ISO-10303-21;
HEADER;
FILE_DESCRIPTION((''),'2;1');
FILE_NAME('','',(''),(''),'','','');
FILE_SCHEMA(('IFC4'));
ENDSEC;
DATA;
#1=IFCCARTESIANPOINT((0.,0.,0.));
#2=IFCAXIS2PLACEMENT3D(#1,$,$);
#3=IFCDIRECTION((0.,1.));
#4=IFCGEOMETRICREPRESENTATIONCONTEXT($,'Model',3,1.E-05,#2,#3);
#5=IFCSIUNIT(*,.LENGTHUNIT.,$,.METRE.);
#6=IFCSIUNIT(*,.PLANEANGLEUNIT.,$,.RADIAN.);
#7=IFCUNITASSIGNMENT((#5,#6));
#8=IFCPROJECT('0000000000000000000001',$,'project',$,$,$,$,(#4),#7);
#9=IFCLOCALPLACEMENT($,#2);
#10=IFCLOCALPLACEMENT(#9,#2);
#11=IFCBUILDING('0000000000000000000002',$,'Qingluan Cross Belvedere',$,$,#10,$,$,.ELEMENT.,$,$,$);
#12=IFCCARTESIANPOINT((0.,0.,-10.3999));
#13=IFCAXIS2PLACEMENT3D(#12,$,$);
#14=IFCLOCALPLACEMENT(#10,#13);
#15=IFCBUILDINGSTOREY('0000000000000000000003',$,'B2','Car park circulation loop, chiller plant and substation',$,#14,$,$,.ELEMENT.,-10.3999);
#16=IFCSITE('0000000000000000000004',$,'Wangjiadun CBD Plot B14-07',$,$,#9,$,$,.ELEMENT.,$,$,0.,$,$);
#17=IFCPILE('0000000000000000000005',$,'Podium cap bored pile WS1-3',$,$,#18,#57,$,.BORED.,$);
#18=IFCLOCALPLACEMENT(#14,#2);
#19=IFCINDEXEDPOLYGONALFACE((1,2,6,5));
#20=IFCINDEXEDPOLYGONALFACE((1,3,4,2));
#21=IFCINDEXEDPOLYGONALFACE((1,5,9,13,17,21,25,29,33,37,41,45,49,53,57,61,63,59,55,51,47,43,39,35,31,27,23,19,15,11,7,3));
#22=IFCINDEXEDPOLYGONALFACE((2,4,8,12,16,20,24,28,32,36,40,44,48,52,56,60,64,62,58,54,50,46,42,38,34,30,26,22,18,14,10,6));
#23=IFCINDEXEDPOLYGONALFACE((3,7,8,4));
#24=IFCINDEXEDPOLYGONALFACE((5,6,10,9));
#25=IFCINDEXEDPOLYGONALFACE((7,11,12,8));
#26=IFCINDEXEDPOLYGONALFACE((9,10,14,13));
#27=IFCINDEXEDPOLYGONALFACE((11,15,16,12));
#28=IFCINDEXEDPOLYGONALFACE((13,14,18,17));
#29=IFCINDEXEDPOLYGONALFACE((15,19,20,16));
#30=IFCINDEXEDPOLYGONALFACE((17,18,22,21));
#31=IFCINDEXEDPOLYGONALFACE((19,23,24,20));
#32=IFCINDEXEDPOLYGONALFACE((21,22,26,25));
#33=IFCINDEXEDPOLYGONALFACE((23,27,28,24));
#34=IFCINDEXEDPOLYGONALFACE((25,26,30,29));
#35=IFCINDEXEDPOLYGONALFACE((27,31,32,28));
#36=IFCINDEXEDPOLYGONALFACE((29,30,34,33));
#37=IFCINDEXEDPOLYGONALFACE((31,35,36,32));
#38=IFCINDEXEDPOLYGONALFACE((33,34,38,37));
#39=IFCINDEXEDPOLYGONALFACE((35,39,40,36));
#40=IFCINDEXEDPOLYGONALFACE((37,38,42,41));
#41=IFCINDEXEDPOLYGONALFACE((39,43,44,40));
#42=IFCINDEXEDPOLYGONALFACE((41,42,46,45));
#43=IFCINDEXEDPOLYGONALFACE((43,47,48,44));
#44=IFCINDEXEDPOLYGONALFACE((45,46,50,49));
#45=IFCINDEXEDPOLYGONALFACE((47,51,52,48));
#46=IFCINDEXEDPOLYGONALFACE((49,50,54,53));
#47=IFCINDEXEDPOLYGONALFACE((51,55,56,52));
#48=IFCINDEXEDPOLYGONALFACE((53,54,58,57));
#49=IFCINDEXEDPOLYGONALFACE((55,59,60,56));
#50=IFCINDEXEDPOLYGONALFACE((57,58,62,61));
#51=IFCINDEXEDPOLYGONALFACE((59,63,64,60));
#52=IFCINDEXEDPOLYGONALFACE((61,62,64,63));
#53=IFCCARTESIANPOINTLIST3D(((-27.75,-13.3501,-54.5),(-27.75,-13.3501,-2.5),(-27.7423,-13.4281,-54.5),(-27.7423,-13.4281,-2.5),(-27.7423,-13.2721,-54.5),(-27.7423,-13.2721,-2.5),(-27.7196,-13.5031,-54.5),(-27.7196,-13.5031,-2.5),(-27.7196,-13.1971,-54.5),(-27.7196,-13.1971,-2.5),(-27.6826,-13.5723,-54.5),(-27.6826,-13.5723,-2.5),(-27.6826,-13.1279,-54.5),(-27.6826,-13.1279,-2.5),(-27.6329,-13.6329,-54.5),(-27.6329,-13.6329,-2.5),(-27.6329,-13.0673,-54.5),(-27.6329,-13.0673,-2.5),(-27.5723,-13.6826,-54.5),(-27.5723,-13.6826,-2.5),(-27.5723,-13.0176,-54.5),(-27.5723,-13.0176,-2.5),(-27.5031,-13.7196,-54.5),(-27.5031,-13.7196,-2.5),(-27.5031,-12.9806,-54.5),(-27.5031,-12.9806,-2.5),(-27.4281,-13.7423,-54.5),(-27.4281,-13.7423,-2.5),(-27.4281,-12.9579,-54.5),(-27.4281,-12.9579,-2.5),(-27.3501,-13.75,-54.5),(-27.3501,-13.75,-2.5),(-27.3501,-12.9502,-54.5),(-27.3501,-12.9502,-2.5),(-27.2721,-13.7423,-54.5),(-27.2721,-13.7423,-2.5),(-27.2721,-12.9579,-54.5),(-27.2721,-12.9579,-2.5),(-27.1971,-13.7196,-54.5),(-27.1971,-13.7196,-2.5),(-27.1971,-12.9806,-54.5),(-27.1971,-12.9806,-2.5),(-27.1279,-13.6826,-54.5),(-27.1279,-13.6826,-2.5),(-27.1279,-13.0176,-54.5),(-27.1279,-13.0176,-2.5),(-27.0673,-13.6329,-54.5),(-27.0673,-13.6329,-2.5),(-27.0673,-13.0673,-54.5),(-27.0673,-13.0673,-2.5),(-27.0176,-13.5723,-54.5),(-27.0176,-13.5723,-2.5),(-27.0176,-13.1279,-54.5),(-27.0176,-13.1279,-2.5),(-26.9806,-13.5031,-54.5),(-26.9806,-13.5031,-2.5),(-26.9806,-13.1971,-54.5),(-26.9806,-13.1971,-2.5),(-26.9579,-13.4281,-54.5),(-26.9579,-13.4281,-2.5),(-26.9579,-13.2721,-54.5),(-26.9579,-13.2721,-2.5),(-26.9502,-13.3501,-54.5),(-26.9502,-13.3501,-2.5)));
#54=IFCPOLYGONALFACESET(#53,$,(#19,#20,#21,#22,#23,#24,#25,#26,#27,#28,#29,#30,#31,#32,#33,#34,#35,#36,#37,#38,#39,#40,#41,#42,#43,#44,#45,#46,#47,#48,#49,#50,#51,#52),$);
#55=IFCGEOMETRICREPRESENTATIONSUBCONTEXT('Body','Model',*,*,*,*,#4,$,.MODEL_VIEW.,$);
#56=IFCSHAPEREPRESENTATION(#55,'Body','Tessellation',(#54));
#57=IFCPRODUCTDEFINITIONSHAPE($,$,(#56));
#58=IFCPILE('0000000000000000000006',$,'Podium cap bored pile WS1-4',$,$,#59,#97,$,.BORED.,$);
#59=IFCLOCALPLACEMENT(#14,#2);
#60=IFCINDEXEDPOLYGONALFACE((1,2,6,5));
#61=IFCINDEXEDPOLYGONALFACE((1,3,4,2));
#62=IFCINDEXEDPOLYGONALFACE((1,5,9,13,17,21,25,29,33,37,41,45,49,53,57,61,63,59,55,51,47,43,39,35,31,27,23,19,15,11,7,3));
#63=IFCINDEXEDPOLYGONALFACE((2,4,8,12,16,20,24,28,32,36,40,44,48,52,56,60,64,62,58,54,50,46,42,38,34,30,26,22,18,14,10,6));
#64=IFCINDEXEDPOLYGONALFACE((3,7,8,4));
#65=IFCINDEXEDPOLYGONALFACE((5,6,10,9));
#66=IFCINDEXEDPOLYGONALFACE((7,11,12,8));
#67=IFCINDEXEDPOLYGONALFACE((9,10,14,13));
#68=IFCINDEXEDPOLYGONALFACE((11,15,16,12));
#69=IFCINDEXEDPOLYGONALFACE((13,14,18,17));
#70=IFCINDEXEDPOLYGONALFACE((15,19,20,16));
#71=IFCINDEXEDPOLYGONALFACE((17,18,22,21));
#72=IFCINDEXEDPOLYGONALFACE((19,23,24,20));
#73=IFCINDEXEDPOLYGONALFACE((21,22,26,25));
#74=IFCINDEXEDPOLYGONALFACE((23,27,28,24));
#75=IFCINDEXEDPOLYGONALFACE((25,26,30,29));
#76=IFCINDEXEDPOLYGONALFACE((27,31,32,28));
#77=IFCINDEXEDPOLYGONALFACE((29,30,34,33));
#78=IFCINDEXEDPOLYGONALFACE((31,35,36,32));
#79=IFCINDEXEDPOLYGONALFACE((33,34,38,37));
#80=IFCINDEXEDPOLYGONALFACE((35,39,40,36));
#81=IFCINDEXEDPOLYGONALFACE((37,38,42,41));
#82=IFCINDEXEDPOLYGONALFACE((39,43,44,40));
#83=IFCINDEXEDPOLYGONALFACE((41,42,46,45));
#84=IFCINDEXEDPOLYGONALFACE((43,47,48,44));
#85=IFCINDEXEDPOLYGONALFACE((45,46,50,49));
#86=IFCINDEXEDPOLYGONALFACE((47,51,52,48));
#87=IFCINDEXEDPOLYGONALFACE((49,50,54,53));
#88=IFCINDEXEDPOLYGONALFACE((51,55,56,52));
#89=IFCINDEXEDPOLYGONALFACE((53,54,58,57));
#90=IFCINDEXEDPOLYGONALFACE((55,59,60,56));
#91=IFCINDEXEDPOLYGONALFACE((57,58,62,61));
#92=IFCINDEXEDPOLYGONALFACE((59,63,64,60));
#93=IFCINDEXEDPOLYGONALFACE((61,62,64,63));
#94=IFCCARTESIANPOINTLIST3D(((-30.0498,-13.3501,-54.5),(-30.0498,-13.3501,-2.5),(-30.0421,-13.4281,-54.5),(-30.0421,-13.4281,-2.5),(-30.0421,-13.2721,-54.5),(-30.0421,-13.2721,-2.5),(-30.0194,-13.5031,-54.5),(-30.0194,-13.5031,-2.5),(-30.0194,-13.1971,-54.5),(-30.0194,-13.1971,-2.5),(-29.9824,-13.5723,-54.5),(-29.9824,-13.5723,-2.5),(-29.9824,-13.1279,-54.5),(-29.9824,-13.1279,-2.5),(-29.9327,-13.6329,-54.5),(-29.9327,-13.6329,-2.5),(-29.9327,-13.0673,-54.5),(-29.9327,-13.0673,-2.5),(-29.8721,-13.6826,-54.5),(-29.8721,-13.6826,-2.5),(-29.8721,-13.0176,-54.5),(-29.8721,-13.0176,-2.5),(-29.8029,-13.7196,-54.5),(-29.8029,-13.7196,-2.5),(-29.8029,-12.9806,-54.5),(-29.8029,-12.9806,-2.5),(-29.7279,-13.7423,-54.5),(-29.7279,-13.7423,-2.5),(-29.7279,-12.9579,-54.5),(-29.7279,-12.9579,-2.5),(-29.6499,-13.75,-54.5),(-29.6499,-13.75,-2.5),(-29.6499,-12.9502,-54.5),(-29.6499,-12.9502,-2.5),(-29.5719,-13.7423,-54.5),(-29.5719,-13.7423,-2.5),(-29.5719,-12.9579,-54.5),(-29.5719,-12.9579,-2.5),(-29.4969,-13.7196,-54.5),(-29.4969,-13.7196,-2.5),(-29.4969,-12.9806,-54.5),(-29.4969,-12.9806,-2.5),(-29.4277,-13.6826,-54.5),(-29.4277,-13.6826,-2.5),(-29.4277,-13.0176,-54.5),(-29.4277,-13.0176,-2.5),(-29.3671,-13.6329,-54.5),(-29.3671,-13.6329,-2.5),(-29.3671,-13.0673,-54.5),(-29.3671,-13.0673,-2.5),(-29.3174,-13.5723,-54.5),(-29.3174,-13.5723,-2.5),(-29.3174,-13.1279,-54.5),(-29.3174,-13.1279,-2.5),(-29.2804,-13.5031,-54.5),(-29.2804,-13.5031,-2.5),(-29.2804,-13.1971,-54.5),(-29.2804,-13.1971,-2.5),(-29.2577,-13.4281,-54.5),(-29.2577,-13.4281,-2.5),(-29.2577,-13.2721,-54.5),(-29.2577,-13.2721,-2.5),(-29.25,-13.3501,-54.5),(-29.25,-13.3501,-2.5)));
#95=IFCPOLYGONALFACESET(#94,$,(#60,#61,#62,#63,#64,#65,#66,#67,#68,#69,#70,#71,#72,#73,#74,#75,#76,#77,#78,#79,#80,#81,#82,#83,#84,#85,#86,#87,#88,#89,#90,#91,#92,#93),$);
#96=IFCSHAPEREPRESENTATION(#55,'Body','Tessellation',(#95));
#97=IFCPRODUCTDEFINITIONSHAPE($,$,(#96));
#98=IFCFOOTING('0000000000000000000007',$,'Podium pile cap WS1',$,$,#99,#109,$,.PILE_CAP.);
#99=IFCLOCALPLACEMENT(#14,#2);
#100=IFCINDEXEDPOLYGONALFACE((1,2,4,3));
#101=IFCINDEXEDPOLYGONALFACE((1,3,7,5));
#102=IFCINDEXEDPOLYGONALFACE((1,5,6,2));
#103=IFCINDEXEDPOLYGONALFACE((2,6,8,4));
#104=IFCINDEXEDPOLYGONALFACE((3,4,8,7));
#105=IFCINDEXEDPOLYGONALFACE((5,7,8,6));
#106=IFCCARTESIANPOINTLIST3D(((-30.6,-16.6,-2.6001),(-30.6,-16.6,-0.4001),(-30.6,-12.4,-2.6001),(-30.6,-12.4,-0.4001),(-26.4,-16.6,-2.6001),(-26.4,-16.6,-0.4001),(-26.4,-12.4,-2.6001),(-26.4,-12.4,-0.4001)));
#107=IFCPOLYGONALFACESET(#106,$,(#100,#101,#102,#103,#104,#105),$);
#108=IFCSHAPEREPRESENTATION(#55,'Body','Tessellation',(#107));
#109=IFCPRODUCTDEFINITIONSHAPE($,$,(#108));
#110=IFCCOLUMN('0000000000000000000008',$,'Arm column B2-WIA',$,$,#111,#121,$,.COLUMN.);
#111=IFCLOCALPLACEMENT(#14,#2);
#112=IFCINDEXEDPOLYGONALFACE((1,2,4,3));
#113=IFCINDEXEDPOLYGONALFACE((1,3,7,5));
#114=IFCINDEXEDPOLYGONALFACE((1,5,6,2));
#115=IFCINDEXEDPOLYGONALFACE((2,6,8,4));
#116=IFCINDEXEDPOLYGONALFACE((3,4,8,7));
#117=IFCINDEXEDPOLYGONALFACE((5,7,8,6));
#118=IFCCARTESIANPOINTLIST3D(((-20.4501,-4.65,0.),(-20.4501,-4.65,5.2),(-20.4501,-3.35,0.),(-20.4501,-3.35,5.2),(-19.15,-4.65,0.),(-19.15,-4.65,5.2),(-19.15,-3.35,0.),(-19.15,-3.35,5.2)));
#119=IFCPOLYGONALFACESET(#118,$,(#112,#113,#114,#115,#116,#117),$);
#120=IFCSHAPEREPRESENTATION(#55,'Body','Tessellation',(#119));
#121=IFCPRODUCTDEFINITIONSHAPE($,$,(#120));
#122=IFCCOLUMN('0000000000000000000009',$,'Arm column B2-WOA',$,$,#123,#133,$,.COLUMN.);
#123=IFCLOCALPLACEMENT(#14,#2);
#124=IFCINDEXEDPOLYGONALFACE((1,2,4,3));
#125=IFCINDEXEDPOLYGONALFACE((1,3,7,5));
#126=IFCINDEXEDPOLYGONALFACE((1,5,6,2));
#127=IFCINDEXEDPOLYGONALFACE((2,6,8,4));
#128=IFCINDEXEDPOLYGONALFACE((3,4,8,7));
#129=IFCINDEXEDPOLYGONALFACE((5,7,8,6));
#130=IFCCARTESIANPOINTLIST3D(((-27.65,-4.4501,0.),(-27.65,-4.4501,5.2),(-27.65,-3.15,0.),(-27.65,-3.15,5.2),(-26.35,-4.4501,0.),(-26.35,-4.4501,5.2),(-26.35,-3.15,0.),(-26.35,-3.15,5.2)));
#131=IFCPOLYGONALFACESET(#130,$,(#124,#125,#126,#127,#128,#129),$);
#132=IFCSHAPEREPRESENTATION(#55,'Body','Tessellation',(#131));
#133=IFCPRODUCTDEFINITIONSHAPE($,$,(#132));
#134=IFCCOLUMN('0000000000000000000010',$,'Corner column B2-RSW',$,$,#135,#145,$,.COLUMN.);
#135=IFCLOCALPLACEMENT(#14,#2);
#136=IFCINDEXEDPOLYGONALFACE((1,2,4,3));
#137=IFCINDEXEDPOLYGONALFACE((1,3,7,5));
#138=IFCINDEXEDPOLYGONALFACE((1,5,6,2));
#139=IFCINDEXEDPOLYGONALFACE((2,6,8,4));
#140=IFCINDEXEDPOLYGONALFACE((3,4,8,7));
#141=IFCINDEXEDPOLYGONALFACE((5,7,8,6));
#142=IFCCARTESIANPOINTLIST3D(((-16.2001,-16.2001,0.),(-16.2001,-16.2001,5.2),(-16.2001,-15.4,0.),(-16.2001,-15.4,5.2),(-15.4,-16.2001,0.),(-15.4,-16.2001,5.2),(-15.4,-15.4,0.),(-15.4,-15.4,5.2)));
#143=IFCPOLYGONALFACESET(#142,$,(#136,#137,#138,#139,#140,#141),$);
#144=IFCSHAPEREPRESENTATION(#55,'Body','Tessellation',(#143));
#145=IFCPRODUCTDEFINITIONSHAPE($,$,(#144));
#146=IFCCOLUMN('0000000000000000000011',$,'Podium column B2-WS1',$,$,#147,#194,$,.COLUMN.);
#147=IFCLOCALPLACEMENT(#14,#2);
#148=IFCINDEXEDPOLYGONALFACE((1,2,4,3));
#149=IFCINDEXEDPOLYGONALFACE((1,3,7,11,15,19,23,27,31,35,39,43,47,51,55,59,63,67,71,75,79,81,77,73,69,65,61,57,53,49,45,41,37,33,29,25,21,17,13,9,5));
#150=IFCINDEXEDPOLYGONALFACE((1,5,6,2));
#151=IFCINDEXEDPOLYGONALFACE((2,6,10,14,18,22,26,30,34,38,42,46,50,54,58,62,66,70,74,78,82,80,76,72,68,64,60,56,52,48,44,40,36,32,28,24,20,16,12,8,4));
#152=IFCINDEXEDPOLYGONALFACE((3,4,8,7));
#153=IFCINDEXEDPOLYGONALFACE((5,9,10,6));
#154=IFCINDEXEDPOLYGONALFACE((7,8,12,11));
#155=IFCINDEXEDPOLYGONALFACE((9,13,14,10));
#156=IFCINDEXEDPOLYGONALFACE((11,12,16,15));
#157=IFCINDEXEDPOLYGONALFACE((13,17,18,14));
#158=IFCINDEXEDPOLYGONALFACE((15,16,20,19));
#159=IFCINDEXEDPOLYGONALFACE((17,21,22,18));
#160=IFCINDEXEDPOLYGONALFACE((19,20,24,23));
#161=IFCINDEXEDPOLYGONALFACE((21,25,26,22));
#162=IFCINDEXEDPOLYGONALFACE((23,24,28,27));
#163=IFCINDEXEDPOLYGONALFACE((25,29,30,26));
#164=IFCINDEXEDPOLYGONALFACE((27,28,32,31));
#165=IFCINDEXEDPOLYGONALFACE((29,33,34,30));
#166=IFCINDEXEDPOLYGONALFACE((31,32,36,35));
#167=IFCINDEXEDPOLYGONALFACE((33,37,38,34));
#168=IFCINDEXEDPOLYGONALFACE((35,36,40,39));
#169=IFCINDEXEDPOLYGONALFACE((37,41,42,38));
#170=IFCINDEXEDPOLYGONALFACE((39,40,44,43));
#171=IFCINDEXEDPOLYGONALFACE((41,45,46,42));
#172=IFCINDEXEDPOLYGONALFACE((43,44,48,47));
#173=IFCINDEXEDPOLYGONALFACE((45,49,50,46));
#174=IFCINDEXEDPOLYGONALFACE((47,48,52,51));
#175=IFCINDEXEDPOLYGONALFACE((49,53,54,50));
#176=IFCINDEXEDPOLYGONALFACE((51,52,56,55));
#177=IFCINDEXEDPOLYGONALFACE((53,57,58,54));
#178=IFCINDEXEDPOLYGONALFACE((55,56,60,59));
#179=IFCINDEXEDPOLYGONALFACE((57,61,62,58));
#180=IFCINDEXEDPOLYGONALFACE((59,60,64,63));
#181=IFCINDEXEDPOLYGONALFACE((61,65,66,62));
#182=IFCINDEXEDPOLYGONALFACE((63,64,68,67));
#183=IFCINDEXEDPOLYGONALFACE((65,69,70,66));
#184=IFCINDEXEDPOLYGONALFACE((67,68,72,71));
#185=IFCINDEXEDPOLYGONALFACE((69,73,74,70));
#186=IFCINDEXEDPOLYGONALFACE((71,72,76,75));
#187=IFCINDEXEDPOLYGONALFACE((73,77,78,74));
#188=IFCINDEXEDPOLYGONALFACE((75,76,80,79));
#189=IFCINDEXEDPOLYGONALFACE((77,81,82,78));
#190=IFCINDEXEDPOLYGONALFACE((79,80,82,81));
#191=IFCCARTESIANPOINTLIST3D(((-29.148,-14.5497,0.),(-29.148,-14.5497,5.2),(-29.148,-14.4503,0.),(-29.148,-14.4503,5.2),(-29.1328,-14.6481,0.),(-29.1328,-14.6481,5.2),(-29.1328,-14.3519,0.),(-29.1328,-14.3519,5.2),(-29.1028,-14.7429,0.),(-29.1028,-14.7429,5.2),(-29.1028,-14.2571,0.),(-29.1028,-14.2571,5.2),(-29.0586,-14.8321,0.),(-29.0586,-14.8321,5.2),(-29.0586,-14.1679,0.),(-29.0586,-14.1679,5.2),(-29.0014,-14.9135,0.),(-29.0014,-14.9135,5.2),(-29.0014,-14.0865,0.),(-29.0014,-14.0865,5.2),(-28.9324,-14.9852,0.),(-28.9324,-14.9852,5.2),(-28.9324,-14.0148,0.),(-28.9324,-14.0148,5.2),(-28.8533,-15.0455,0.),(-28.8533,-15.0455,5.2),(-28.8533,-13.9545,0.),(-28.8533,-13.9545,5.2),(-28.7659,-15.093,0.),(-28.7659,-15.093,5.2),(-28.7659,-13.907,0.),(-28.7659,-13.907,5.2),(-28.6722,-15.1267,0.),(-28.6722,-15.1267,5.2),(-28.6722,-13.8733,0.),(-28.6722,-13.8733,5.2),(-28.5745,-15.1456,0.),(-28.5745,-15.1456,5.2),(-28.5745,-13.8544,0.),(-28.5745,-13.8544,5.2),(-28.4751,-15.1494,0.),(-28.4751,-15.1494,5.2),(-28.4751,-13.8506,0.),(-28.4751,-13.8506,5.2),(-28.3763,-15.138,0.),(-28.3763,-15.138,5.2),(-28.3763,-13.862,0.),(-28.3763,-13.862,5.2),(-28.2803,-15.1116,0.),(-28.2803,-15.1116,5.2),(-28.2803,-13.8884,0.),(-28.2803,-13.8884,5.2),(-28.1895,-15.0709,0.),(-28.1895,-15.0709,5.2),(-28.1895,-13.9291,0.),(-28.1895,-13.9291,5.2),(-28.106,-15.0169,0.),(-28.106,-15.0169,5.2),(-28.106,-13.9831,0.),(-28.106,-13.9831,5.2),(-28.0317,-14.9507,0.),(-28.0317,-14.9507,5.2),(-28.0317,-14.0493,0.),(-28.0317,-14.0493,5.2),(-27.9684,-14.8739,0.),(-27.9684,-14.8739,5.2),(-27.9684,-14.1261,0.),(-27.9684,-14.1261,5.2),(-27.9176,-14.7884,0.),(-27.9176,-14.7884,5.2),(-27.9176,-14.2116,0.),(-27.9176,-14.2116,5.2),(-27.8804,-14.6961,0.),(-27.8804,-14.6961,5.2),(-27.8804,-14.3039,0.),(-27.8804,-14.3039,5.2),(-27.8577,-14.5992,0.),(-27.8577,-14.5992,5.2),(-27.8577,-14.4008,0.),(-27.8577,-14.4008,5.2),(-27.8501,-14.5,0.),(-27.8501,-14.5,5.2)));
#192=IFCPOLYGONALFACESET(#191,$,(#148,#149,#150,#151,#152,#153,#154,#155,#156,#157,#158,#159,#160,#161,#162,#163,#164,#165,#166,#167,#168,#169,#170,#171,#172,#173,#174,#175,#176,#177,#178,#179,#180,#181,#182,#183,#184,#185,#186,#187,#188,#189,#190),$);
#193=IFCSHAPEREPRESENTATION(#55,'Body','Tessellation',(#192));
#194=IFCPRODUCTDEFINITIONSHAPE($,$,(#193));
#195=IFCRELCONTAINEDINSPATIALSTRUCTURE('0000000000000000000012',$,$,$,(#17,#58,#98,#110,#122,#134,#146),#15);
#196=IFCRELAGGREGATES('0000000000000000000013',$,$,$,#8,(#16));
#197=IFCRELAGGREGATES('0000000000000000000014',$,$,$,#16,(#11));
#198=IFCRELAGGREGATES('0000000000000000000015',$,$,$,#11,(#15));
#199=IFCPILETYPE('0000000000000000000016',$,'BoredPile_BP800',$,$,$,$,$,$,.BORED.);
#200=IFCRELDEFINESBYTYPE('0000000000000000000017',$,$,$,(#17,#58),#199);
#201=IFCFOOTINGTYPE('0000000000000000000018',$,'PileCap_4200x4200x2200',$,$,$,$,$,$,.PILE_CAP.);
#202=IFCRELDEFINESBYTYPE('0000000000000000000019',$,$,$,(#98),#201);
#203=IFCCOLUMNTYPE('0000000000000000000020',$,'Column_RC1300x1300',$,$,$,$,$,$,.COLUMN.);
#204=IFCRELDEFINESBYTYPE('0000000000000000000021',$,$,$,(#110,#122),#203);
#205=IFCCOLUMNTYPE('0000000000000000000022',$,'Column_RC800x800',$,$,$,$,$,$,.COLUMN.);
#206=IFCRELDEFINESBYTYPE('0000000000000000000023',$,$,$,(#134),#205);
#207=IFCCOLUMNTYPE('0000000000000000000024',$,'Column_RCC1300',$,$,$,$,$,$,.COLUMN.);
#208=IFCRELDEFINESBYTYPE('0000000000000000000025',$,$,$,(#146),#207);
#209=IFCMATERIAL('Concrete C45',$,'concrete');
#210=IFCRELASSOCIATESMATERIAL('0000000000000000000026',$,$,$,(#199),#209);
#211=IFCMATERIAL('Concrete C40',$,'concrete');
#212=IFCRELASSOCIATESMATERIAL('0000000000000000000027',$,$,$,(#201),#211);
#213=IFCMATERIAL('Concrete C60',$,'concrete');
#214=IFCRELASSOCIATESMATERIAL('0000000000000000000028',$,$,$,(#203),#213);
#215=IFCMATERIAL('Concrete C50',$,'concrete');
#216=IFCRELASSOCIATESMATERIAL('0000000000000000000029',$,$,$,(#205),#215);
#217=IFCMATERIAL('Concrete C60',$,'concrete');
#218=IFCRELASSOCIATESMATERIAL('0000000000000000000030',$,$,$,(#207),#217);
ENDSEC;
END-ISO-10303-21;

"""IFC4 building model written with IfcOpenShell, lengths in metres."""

from ifc_helpers import new_model, si_unit, direction, frame, origin, origin_2d, place, context, subcontext, project, spatial, rectangle, circle, extrude, material, material_profile, profile_set, type_object, element, save


model = new_model("IFC4")

# Units and contexts
model_context = context("Model", 3, precision=1e-05, world=origin(), true_north=direction((0.0, 1.0)))
body_context = subcontext(model_context, "Body", "Model", "MODEL_VIEW")
ifc_project = project(units=[si_unit("LENGTHUNIT", "METRE"), si_unit("PLANEANGLEUNIT", "RADIAN")], contexts=[model_context])

# Site, building, storey
site_placement = place(None, origin())
site = spatial("IfcSite", under=ifc_project, at=site_placement, Name="Wangjiadun CBD Plot B14-07", CompositionType="ELEMENT", RefElevation=0.0)
building_placement = place(site_placement, origin())
building = spatial("IfcBuilding", under=site, at=building_placement, Name="Qingluan Cross Belvedere", CompositionType="ELEMENT")
storey_placement = place(building_placement, frame((0.0, 0.0, -10.3999)))
storey = spatial("IfcBuildingStorey", under=building, at=storey_placement, Name="B2", Description="Car park circulation loop, chiller plant and substation", CompositionType="ELEMENT", Elevation=-10.3999)

# Piles
ifc_material_1 = material(Name="Concrete C45", Category="concrete")
ifc_material_profile_1 = material_profile(ifc_material_1, circle(Radius=0.3999, at=origin_2d()), Name="BP800")
ifc_profile_set_1 = profile_set([ifc_material_profile_1], Name="Concrete C45")
pile_type_1 = type_object("IfcPileType", Name="BoredPile_BP800", PredefinedType="BORED", material=ifc_profile_set_1)
for number, where, z_axis, x_axis, name in (
    (1, (-27.3501, -13.3501, -2.5), (0.0, 0.0, -1.0), (1.0, 0.0, 0.0), "Podium cap bored pile WS1-3"),
    (2, (-29.6499, -13.3501, -2.5), (0.0, 0.0, -1.0), (1.0, 0.0, 0.0), "Podium cap bored pile WS1-4"),
):
    element("IfcPile", number, at=place(storey_placement, frame(where, z_axis=z_axis, x_axis=x_axis)), inside=storey, type_object=pile_type_1, Name=name, PredefinedType="BORED", context=body_context, shape_type="SweptSolid", body=[
        extrude(circle(Radius=0.3999, at=origin_2d()), origin(), (0.0, 0.0, 1.0), 52.0),
    ])

# Footing
ifc_material_2 = material(Name="Concrete C40", Category="concrete")
footing_type = type_object("IfcFootingType", Name="PileCap_4200x4200x2200", PredefinedType="PILE_CAP", material=ifc_material_2)
footing_placement = place(storey_placement, frame((-28.5, -14.5, -2.6001), z_axis=(0.0, 0.0, 1.0), x_axis=(1.0, 0.0, 0.0)))
element("IfcFooting", 3, at=footing_placement, inside=storey, type_object=footing_type, Name="Podium pile cap WS1", PredefinedType="PILE_CAP", context=body_context, shape_type="SweptSolid", body=[
    extrude(rectangle(XDim=4.2, YDim=4.2, at=origin_2d()), origin(), (0.0, 0.0, 1.0), 2.2),
])

# Columns
ifc_material_3 = material(Name="Concrete C60", Category="concrete")
ifc_material_profile_2 = material_profile(ifc_material_3, rectangle(XDim=1.3, YDim=1.3, at=origin_2d()), Name="RC1300x1300")
ifc_profile_set_2 = profile_set([ifc_material_profile_2], Name="Concrete C60")
column_type_1 = type_object("IfcColumnType", Name="Column_RC1300x1300", PredefinedType="COLUMN", material=ifc_profile_set_2)
for number, where, z_axis, x_axis, name in (
    (4, (-19.8, -4.0, 0.0), (0.0, 0.0, 1.0), (1.0, 0.0, 0.0), "Arm column B2-WIA"),
    (5, (-27.0, -3.8, 0.0), (0.0, 0.0, 1.0), (1.0, 0.0, 0.0), "Arm column B2-WOA"),
):
    element("IfcColumn", number, at=place(storey_placement, frame(where, z_axis=z_axis, x_axis=x_axis)), inside=storey, type_object=column_type_1, Name=name, PredefinedType="COLUMN", context=body_context, shape_type="SweptSolid", body=[
        extrude(rectangle(XDim=1.3, YDim=1.3, at=origin_2d()), origin(), (0.0, 0.0, 1.0), 5.2),
    ])
ifc_material_4 = material(Name="Concrete C50", Category="concrete")
ifc_material_profile_3 = material_profile(ifc_material_4, rectangle(XDim=0.8, YDim=0.8, at=origin_2d()), Name="RC800x800")
ifc_profile_set_3 = profile_set([ifc_material_profile_3], Name="Concrete C50")
column_type_2 = type_object("IfcColumnType", Name="Column_RC800x800", PredefinedType="COLUMN", material=ifc_profile_set_3)
column_1_placement = place(storey_placement, frame((-15.8, -15.8, 0.0), z_axis=(0.0, 0.0, 1.0), x_axis=(1.0, 0.0, 0.0)))
element("IfcColumn", 6, at=column_1_placement, inside=storey, type_object=column_type_2, Name="Corner column B2-RSW", PredefinedType="COLUMN", context=body_context, shape_type="SweptSolid", body=[
    extrude(rectangle(XDim=0.8, YDim=0.8, at=origin_2d()), origin(), (0.0, 0.0, 1.0), 5.2),
])
ifc_material_5 = material(Name="Concrete C60", Category="concrete")
ifc_material_profile_4 = material_profile(ifc_material_5, circle(Radius=0.6499, at=origin_2d()), Name="RCC1300")
ifc_profile_set_4 = profile_set([ifc_material_profile_4], Name="Concrete C60")
column_type_3 = type_object("IfcColumnType", Name="Column_RCC1300", PredefinedType="COLUMN", material=ifc_profile_set_4)
column_2_placement = place(storey_placement, frame((-28.5, -14.5, 0.0), z_axis=(0.0, 0.0, 1.0), x_axis=(1.0, 0.0, 0.0)))
element("IfcColumn", 7, at=column_2_placement, inside=storey, type_object=column_type_3, Name="Podium column B2-WS1", PredefinedType="COLUMN", context=body_context, shape_type="SweptSolid", body=[
    extrude(circle(Radius=0.6499, at=origin_2d()), origin(), (0.0, 0.0, 1.0), 5.2),
])

save(model, "model.ifc")
